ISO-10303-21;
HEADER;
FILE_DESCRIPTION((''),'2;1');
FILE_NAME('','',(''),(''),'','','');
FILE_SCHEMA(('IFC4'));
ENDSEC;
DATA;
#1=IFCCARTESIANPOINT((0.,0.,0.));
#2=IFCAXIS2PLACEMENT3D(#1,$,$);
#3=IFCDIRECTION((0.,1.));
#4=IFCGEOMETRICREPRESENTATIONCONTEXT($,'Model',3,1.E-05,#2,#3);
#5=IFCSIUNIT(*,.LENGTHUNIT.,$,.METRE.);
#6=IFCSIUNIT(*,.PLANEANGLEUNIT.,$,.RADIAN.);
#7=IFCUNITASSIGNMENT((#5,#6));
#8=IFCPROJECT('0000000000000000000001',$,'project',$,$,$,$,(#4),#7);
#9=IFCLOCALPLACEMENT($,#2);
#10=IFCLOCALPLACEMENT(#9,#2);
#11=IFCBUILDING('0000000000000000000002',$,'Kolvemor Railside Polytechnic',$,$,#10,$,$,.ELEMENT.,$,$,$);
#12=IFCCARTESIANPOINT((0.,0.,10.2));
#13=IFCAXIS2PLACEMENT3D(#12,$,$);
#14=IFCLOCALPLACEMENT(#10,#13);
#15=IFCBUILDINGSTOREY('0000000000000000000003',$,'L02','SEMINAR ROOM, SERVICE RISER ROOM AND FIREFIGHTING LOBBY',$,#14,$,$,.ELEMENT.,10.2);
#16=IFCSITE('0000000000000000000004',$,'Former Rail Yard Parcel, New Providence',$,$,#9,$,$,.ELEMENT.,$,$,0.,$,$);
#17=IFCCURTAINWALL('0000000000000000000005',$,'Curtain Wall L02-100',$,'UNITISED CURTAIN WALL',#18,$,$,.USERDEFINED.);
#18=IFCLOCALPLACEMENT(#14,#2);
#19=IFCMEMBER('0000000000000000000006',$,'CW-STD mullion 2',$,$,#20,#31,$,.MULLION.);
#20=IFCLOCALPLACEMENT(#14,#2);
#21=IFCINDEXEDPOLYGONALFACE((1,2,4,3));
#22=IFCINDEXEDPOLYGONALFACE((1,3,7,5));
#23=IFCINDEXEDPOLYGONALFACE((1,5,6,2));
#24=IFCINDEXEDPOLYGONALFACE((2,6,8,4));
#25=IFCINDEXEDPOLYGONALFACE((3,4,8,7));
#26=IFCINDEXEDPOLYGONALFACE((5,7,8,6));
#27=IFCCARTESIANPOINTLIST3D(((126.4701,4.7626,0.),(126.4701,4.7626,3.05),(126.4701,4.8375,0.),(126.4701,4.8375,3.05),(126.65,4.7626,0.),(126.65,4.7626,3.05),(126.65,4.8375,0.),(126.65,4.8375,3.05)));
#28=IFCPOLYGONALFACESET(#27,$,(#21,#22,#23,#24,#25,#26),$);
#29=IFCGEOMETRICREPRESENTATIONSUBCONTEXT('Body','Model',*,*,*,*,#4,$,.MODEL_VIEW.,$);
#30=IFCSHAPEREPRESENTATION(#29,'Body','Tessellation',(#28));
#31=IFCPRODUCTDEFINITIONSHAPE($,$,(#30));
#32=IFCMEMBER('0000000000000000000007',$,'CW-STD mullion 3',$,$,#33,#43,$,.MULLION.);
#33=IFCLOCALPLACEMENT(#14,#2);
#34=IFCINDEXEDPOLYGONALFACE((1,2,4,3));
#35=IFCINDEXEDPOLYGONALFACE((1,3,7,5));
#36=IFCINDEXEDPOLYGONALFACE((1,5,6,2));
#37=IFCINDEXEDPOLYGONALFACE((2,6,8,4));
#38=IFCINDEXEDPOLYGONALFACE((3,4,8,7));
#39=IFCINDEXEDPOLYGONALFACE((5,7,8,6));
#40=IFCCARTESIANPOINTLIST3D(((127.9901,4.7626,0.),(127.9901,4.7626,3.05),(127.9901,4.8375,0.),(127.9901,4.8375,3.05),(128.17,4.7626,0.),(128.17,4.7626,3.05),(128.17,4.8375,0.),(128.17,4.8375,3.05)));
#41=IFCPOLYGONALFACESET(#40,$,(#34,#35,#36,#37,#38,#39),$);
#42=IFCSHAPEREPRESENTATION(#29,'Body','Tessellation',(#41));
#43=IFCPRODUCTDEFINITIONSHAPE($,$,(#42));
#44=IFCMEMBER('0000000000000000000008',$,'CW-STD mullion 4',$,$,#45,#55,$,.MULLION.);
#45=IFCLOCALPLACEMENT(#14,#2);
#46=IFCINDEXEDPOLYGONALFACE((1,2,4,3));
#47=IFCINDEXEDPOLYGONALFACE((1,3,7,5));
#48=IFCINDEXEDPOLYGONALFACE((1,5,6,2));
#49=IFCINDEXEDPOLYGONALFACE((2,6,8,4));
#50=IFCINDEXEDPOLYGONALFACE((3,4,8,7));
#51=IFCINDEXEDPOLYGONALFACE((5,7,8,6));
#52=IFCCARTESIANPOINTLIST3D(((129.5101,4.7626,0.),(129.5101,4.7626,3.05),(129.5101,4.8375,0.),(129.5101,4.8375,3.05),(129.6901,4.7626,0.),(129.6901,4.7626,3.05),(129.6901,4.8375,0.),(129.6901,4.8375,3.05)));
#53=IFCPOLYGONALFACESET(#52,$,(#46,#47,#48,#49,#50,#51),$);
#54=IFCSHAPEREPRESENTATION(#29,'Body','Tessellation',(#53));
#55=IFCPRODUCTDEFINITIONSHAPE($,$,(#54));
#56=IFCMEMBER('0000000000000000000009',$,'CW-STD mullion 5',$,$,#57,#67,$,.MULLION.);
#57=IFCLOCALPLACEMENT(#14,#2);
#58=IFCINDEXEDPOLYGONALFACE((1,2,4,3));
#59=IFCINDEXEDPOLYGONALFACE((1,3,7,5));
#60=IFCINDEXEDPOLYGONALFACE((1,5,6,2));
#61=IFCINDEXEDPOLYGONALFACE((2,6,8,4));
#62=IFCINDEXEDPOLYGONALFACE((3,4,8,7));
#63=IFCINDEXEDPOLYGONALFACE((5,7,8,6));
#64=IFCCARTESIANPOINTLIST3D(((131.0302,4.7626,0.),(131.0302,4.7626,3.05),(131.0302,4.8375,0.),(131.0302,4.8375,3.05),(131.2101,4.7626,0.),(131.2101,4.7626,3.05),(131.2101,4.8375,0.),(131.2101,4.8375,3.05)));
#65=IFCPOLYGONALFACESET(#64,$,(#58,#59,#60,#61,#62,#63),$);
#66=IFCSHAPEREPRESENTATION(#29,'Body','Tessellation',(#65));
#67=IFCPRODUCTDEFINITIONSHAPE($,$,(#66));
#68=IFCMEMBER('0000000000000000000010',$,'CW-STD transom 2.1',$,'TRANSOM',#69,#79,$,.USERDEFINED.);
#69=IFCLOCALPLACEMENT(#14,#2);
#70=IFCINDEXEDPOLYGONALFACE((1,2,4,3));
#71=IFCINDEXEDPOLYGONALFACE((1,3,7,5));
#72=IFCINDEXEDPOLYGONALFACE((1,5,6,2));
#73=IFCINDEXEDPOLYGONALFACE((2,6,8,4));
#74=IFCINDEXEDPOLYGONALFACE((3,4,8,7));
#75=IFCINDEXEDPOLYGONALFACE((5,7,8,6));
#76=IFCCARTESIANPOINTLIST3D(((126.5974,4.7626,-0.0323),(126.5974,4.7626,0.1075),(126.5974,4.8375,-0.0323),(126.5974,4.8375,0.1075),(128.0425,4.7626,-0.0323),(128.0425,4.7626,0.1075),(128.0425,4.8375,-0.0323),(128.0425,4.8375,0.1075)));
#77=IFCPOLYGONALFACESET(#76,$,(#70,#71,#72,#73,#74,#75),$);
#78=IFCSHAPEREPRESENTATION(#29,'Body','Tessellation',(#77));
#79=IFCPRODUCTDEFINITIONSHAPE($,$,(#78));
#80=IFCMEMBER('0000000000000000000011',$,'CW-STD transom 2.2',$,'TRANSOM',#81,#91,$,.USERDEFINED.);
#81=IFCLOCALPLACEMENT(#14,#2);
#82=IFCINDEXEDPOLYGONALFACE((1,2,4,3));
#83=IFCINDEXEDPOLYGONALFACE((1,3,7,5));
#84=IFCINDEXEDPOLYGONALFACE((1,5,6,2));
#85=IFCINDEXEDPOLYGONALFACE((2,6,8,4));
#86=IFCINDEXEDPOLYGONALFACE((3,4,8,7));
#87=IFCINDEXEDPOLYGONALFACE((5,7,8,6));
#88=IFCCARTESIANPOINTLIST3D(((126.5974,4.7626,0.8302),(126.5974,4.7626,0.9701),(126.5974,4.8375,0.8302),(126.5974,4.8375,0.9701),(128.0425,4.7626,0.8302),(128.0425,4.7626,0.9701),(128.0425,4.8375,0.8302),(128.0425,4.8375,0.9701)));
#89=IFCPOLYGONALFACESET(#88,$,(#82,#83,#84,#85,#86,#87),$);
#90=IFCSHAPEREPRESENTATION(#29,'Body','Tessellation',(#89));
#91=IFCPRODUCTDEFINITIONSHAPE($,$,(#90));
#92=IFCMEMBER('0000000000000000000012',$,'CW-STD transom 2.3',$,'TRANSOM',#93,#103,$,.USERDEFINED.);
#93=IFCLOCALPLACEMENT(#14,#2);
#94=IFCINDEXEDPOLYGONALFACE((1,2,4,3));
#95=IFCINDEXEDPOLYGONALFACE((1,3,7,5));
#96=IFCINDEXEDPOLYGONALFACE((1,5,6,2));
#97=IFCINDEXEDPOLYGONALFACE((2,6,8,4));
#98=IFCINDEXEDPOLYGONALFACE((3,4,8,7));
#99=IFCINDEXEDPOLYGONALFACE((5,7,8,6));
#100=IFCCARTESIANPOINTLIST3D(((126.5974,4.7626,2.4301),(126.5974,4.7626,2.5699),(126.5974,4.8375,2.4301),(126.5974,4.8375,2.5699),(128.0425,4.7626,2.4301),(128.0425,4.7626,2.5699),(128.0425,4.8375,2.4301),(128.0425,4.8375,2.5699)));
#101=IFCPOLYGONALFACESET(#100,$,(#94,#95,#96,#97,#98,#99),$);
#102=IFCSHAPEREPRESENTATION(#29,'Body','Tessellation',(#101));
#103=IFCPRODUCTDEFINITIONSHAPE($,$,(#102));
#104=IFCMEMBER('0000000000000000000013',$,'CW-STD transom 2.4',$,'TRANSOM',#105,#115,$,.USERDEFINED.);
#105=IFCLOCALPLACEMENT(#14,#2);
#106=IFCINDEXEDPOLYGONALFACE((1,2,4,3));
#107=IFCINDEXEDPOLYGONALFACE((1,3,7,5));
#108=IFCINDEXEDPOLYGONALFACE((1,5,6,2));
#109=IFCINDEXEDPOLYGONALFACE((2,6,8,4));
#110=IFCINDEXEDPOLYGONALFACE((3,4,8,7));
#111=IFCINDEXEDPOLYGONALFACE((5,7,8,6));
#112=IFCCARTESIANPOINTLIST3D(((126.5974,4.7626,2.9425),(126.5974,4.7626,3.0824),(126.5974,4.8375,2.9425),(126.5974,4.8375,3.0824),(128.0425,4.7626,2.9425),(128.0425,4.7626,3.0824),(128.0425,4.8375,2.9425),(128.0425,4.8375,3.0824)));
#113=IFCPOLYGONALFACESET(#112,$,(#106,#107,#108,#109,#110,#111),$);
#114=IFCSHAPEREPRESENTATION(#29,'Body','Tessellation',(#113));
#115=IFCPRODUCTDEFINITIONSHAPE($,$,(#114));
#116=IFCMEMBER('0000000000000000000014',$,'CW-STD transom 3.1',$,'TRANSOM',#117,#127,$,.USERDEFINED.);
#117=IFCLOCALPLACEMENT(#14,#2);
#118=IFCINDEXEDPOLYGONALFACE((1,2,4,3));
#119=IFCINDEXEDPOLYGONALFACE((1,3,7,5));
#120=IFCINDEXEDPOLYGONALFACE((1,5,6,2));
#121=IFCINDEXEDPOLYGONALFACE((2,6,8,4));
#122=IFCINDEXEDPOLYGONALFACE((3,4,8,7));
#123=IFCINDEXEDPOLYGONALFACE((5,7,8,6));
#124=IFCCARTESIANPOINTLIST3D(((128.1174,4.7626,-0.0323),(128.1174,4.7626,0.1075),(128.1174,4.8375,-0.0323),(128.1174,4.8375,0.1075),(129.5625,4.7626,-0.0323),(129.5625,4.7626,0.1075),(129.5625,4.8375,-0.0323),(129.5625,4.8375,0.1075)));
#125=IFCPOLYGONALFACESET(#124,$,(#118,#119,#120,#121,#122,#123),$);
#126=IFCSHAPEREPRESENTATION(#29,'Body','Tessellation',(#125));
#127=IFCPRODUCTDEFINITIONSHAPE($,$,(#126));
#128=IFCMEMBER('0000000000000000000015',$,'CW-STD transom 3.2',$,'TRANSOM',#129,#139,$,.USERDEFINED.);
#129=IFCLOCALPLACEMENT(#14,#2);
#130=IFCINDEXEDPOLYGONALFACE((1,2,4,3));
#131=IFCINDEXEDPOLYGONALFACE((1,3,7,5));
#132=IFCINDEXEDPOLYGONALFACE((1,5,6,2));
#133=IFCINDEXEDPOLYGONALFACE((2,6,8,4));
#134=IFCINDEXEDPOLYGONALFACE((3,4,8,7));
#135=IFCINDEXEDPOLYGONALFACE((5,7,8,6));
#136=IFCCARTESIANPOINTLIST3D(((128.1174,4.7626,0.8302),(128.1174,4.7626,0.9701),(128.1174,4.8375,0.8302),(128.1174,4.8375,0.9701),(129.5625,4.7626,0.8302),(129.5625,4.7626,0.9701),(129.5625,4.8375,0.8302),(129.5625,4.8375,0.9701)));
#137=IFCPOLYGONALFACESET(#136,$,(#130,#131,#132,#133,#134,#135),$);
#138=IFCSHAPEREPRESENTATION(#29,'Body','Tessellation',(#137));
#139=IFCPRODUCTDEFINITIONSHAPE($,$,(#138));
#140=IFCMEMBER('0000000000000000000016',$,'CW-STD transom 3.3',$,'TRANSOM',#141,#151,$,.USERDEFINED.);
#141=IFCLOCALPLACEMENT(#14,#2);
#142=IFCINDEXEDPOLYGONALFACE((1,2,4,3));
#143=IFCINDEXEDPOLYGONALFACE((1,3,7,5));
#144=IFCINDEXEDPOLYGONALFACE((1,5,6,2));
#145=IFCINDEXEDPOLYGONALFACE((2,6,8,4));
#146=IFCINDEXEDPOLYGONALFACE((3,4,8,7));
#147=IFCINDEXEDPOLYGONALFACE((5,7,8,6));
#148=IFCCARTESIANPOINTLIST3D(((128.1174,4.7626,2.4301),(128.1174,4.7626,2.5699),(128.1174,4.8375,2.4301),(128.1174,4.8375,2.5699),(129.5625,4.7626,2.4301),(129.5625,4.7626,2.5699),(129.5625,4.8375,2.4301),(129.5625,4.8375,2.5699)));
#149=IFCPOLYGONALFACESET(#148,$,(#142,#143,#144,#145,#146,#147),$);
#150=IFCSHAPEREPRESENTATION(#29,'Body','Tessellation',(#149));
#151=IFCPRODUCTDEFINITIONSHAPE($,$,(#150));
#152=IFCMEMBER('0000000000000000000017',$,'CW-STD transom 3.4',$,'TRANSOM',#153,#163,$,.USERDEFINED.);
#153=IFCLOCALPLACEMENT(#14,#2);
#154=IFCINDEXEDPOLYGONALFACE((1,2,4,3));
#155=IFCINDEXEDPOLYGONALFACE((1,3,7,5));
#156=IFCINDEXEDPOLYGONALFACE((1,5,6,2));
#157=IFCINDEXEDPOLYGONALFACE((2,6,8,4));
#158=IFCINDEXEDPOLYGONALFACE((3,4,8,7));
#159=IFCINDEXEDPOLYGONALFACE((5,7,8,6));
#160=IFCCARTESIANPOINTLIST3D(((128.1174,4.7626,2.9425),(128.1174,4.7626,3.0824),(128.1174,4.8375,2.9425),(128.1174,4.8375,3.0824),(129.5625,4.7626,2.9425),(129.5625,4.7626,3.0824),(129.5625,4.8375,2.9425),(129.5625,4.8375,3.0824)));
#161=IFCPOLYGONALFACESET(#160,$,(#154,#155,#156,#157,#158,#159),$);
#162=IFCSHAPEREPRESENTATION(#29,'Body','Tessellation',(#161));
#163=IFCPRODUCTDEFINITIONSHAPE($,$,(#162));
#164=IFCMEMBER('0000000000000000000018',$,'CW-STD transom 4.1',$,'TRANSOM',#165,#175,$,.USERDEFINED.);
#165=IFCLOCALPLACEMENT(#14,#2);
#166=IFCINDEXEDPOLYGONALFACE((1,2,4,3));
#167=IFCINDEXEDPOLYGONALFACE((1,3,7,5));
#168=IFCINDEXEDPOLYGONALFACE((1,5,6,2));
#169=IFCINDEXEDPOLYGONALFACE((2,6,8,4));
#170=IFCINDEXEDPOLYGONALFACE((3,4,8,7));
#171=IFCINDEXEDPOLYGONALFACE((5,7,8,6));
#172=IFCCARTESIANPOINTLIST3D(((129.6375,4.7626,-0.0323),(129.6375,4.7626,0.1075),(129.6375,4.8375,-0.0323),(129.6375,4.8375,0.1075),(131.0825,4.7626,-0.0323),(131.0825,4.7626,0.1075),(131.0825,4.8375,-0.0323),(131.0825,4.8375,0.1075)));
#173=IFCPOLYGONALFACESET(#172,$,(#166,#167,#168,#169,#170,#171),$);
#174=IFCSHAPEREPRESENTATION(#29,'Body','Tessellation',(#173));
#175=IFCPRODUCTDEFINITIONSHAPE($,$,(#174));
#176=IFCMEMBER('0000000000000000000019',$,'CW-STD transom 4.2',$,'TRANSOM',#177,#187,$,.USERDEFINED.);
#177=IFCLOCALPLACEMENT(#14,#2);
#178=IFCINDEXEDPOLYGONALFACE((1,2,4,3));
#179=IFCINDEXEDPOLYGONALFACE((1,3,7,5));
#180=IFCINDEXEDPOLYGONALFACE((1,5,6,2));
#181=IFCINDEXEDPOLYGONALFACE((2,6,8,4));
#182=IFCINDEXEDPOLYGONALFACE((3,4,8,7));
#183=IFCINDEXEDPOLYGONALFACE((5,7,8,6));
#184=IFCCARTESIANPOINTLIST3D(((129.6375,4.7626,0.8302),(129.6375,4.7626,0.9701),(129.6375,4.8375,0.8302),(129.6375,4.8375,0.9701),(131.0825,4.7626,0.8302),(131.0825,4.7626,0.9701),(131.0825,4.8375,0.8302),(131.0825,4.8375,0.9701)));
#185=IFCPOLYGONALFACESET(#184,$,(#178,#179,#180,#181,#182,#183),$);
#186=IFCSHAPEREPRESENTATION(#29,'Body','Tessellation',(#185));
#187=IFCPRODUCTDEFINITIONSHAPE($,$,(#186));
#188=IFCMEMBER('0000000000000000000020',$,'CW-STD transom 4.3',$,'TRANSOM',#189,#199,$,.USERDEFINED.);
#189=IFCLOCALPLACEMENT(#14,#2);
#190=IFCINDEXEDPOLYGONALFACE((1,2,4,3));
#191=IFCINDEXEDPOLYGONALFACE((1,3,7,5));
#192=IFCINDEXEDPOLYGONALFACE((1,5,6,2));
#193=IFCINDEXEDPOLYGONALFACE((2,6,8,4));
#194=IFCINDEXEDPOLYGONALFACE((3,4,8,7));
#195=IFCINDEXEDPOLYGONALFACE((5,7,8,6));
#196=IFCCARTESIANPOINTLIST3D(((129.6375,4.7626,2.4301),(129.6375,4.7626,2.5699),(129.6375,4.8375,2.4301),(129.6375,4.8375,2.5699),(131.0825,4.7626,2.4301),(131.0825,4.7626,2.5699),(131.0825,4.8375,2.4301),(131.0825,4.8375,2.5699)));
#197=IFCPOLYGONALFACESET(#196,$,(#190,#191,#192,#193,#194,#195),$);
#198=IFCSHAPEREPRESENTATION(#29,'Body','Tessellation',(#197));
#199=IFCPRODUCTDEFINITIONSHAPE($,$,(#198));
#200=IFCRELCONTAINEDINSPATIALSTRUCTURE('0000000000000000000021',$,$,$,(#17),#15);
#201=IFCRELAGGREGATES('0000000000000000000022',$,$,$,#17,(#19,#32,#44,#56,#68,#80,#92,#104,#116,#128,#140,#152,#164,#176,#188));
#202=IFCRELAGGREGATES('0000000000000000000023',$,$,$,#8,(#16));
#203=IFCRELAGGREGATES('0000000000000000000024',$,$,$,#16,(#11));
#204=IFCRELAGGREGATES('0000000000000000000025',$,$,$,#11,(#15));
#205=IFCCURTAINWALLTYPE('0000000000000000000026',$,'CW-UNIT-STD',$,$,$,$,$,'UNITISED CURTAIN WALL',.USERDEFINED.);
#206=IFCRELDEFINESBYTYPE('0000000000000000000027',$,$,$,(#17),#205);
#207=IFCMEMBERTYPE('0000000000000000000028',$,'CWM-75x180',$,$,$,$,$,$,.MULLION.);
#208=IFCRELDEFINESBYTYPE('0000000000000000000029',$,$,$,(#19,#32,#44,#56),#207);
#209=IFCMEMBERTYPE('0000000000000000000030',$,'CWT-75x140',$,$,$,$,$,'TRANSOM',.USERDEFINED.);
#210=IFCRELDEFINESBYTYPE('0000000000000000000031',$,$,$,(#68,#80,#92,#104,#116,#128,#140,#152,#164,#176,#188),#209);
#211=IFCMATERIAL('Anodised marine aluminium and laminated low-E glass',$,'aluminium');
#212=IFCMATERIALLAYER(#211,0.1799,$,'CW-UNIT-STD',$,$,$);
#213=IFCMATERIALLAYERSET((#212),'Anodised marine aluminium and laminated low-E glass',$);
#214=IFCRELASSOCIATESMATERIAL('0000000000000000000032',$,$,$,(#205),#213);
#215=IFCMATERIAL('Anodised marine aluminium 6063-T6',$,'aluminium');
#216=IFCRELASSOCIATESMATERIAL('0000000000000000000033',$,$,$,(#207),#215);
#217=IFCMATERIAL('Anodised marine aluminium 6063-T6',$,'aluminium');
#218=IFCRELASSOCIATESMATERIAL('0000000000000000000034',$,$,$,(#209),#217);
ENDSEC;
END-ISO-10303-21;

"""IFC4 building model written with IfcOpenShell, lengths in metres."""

from ifc_helpers import new_model, si_unit, direction, frame, origin, origin_2d, place, context, subcontext, project, spatial, rectangle, extrude, material, layer, layer_set, material_profile, profile_set, type_object, element, aggregate, save


model = new_model("IFC4")

# Units and contexts
model_context = context("Model", 3, precision=1e-05, world=origin(), true_north=direction((0.0, 1.0)))
body_context = subcontext(model_context, "Body", "Model", "MODEL_VIEW")
ifc_project = project(units=[si_unit("LENGTHUNIT", "METRE"), si_unit("PLANEANGLEUNIT", "RADIAN")], contexts=[model_context])

# Site, building, storey
site_placement = place(None, origin())
site = spatial("IfcSite", under=ifc_project, at=site_placement, Name="Former Rail Yard Parcel, New Providence", CompositionType="ELEMENT", RefElevation=0.0)
building_placement = place(site_placement, origin())
building = spatial("IfcBuilding", under=site, at=building_placement, Name="Kolvemor Railside Polytechnic", CompositionType="ELEMENT")
storey_placement = place(building_placement, frame((0.0, 0.0, 10.2)))
storey = spatial("IfcBuildingStorey", under=building, at=storey_placement, Name="L02", Description="SEMINAR ROOM, SERVICE RISER ROOM AND FIREFIGHTING LOBBY", CompositionType="ELEMENT", Elevation=10.2)

# Curtain wall, members
ifc_material_1 = material(Name="Anodised marine aluminium and laminated low-E glass", Category="aluminium")
ifc_layer_1 = layer(ifc_material_1, 0.1799, Name="CW-UNIT-STD")
ifc_layer_set_1 = layer_set([ifc_layer_1], Name="Anodised marine aluminium and laminated low-E glass")
curtain_wall_type = type_object("IfcCurtainWallType", Name="CW-UNIT-STD", ElementType="UNITISED CURTAIN WALL", PredefinedType="USERDEFINED", material=ifc_layer_set_1)
curtain_wall_placement = place(storey_placement, origin())
curtain_wall = element("IfcCurtainWall", 1, at=curtain_wall_placement, inside=storey, type_object=curtain_wall_type, Name="Curtain Wall L02-100", ObjectType="UNITISED CURTAIN WALL", PredefinedType="USERDEFINED")
ifc_material_2 = material(Name="Anodised marine aluminium 6063-T6", Category="aluminium")
ifc_material_profile_1 = material_profile(ifc_material_2, rectangle(XDim=0.075, YDim=0.1799, at=origin_2d()), Name="CW-MUL-75x180")
ifc_profile_set_1 = profile_set([ifc_material_profile_1], Name="Anodised marine aluminium 6063-T6")
member_type_1 = type_object("IfcMemberType", Name="CWM-75x180", PredefinedType="MULLION", material=ifc_profile_set_1)
member_1_placement = place(storey_placement, frame((126.5601, 4.8, 0.0), z_axis=(0.0, 0.0, 1.0), x_axis=(0.0, 1.0, 0.0)))
member_1 = element("IfcMember", 2, at=member_1_placement, type_object=member_type_1, Name="CW-STD mullion 2", PredefinedType="MULLION", context=body_context, shape_type="SweptSolid", body=[
    extrude(rectangle(XDim=0.075, YDim=0.1799, at=origin_2d()), origin(), (0.0, 0.0, 1.0), 3.05),
])
member_2_placement = place(storey_placement, frame((128.0801, 4.8, 0.0), z_axis=(0.0, 0.0, 1.0), x_axis=(0.0, 1.0, 0.0)))
member_2 = element("IfcMember", 3, at=member_2_placement, type_object=member_type_1, Name="CW-STD mullion 3", PredefinedType="MULLION", context=body_context, shape_type="SweptSolid", body=[
    extrude(rectangle(XDim=0.075, YDim=0.1799, at=origin_2d()), origin(), (0.0, 0.0, 1.0), 3.05),
])
member_3_placement = place(storey_placement, frame((129.6001, 4.8, 0.0), z_axis=(0.0, 0.0, 1.0), x_axis=(0.0, 1.0, 0.0)))
member_3 = element("IfcMember", 4, at=member_3_placement, type_object=member_type_1, Name="CW-STD mullion 4", PredefinedType="MULLION", context=body_context, shape_type="SweptSolid", body=[
    extrude(rectangle(XDim=0.075, YDim=0.1799, at=origin_2d()), origin(), (0.0, 0.0, 1.0), 3.05),
])
member_4_placement = place(storey_placement, frame((131.1201, 4.8, 0.0), z_axis=(0.0, 0.0, 1.0), x_axis=(0.0, 1.0, 0.0)))
member_4 = element("IfcMember", 5, at=member_4_placement, type_object=member_type_1, Name="CW-STD mullion 5", PredefinedType="MULLION", context=body_context, shape_type="SweptSolid", body=[
    extrude(rectangle(XDim=0.075, YDim=0.1799, at=origin_2d()), origin(), (0.0, 0.0, 1.0), 3.05),
])
ifc_material_3 = material(Name="Anodised marine aluminium 6063-T6", Category="aluminium")
ifc_material_profile_2 = material_profile(ifc_material_3, rectangle(XDim=0.075, YDim=0.1399, at=origin_2d()), Name="CW-TRN-75x140")
ifc_profile_set_2 = profile_set([ifc_material_profile_2], Name="Anodised marine aluminium 6063-T6")
member_type_2 = type_object("IfcMemberType", Name="CWT-75x140", ElementType="TRANSOM", PredefinedType="USERDEFINED", material=ifc_profile_set_2)
member_5_placement = place(storey_placement, frame((126.5974, 4.8, 0.0376), z_axis=(1.0, 0.0, 0.0), x_axis=(0.0, 1.0, 0.0)))
member_5 = element("IfcMember", 6, at=member_5_placement, type_object=member_type_2, Name="CW-STD transom 2.1", ObjectType="TRANSOM", PredefinedType="USERDEFINED", context=body_context, shape_type="SweptSolid", body=[
    extrude(rectangle(XDim=0.075, YDim=0.1399, at=origin_2d()), origin(), (0.0, 0.0, 1.0), 1.4451),
])
member_6_placement = place(storey_placement, frame((126.5974, 4.8, 0.9001), z_axis=(1.0, 0.0, 0.0), x_axis=(0.0, 1.0, 0.0)))
member_6 = element("IfcMember", 7, at=member_6_placement, type_object=member_type_2, Name="CW-STD transom 2.2", ObjectType="TRANSOM", PredefinedType="USERDEFINED", context=body_context, shape_type="SweptSolid", body=[
    extrude(rectangle(XDim=0.075, YDim=0.1399, at=origin_2d()), origin(), (0.0, 0.0, 1.0), 1.4451),
])
member_7_placement = place(storey_placement, frame((126.5974, 4.8, 2.5), z_axis=(1.0, 0.0, 0.0), x_axis=(0.0, 1.0, 0.0)))
member_7 = element("IfcMember", 8, at=member_7_placement, type_object=member_type_2, Name="CW-STD transom 2.3", ObjectType="TRANSOM", PredefinedType="USERDEFINED", context=body_context, shape_type="SweptSolid", body=[
    extrude(rectangle(XDim=0.075, YDim=0.1399, at=origin_2d()), origin(), (0.0, 0.0, 1.0), 1.4451),
])
member_8_placement = place(storey_placement, frame((126.5974, 4.8, 3.0125), z_axis=(1.0, 0.0, 0.0), x_axis=(0.0, 1.0, 0.0)))
member_8 = element("IfcMember", 9, at=member_8_placement, type_object=member_type_2, Name="CW-STD transom 2.4", ObjectType="TRANSOM", PredefinedType="USERDEFINED", context=body_context, shape_type="SweptSolid", body=[
    extrude(rectangle(XDim=0.075, YDim=0.1399, at=origin_2d()), origin(), (0.0, 0.0, 1.0), 1.4451),
])
member_9_placement = place(storey_placement, frame((128.1174, 4.8, 0.0376), z_axis=(1.0, 0.0, 0.0), x_axis=(0.0, 1.0, 0.0)))
member_9 = element("IfcMember", 10, at=member_9_placement, type_object=member_type_2, Name="CW-STD transom 3.1", ObjectType="TRANSOM", PredefinedType="USERDEFINED", context=body_context, shape_type="SweptSolid", body=[
    extrude(rectangle(XDim=0.075, YDim=0.1399, at=origin_2d()), origin(), (0.0, 0.0, 1.0), 1.4451),
])
member_10_placement = place(storey_placement, frame((128.1174, 4.8, 0.9001), z_axis=(1.0, 0.0, 0.0), x_axis=(0.0, 1.0, 0.0)))
member_10 = element("IfcMember", 11, at=member_10_placement, type_object=member_type_2, Name="CW-STD transom 3.2", ObjectType="TRANSOM", PredefinedType="USERDEFINED", context=body_context, shape_type="SweptSolid", body=[
    extrude(rectangle(XDim=0.075, YDim=0.1399, at=origin_2d()), origin(), (0.0, 0.0, 1.0), 1.4451),
])
member_11_placement = place(storey_placement, frame((128.1174, 4.8, 2.5), z_axis=(1.0, 0.0, 0.0), x_axis=(0.0, 1.0, 0.0)))
member_11 = element("IfcMember", 12, at=member_11_placement, type_object=member_type_2, Name="CW-STD transom 3.3", ObjectType="TRANSOM", PredefinedType="USERDEFINED", context=body_context, shape_type="SweptSolid", body=[
    extrude(rectangle(XDim=0.075, YDim=0.1399, at=origin_2d()), origin(), (0.0, 0.0, 1.0), 1.4451),
])
member_12_placement = place(storey_placement, frame((128.1174, 4.8, 3.0125), z_axis=(1.0, 0.0, 0.0), x_axis=(0.0, 1.0, 0.0)))
member_12 = element("IfcMember", 13, at=member_12_placement, type_object=member_type_2, Name="CW-STD transom 3.4", ObjectType="TRANSOM", PredefinedType="USERDEFINED", context=body_context, shape_type="SweptSolid", body=[
    extrude(rectangle(XDim=0.075, YDim=0.1399, at=origin_2d()), origin(), (0.0, 0.0, 1.0), 1.4451),
])
member_13_placement = place(storey_placement, frame((129.6375, 4.8, 0.0376), z_axis=(1.0, 0.0, 0.0), x_axis=(0.0, 1.0, 0.0)))
member_13 = element("IfcMember", 14, at=member_13_placement, type_object=member_type_2, Name="CW-STD transom 4.1", ObjectType="TRANSOM", PredefinedType="USERDEFINED", context=body_context, shape_type="SweptSolid", body=[
    extrude(rectangle(XDim=0.075, YDim=0.1399, at=origin_2d()), origin(), (0.0, 0.0, 1.0), 1.4451),
])
member_14_placement = place(storey_placement, frame((129.6375, 4.8, 0.9001), z_axis=(1.0, 0.0, 0.0), x_axis=(0.0, 1.0, 0.0)))
member_14 = element("IfcMember", 15, at=member_14_placement, type_object=member_type_2, Name="CW-STD transom 4.2", ObjectType="TRANSOM", PredefinedType="USERDEFINED", context=body_context, shape_type="SweptSolid", body=[
    extrude(rectangle(XDim=0.075, YDim=0.1399, at=origin_2d()), origin(), (0.0, 0.0, 1.0), 1.4451),
])
member_15_placement = place(storey_placement, frame((129.6375, 4.8, 2.5), z_axis=(1.0, 0.0, 0.0), x_axis=(0.0, 1.0, 0.0)))
member_15 = element("IfcMember", 16, at=member_15_placement, type_object=member_type_2, Name="CW-STD transom 4.3", ObjectType="TRANSOM", PredefinedType="USERDEFINED", context=body_context, shape_type="SweptSolid", body=[
    extrude(rectangle(XDim=0.075, YDim=0.1399, at=origin_2d()), origin(), (0.0, 0.0, 1.0), 1.4451),
])
aggregate(curtain_wall, [member_1, member_2, member_3, member_4, member_5, member_6, member_7, member_8, member_9, member_10, member_11, member_12, member_13, member_14, member_15])

save(model, "model.ifc")
